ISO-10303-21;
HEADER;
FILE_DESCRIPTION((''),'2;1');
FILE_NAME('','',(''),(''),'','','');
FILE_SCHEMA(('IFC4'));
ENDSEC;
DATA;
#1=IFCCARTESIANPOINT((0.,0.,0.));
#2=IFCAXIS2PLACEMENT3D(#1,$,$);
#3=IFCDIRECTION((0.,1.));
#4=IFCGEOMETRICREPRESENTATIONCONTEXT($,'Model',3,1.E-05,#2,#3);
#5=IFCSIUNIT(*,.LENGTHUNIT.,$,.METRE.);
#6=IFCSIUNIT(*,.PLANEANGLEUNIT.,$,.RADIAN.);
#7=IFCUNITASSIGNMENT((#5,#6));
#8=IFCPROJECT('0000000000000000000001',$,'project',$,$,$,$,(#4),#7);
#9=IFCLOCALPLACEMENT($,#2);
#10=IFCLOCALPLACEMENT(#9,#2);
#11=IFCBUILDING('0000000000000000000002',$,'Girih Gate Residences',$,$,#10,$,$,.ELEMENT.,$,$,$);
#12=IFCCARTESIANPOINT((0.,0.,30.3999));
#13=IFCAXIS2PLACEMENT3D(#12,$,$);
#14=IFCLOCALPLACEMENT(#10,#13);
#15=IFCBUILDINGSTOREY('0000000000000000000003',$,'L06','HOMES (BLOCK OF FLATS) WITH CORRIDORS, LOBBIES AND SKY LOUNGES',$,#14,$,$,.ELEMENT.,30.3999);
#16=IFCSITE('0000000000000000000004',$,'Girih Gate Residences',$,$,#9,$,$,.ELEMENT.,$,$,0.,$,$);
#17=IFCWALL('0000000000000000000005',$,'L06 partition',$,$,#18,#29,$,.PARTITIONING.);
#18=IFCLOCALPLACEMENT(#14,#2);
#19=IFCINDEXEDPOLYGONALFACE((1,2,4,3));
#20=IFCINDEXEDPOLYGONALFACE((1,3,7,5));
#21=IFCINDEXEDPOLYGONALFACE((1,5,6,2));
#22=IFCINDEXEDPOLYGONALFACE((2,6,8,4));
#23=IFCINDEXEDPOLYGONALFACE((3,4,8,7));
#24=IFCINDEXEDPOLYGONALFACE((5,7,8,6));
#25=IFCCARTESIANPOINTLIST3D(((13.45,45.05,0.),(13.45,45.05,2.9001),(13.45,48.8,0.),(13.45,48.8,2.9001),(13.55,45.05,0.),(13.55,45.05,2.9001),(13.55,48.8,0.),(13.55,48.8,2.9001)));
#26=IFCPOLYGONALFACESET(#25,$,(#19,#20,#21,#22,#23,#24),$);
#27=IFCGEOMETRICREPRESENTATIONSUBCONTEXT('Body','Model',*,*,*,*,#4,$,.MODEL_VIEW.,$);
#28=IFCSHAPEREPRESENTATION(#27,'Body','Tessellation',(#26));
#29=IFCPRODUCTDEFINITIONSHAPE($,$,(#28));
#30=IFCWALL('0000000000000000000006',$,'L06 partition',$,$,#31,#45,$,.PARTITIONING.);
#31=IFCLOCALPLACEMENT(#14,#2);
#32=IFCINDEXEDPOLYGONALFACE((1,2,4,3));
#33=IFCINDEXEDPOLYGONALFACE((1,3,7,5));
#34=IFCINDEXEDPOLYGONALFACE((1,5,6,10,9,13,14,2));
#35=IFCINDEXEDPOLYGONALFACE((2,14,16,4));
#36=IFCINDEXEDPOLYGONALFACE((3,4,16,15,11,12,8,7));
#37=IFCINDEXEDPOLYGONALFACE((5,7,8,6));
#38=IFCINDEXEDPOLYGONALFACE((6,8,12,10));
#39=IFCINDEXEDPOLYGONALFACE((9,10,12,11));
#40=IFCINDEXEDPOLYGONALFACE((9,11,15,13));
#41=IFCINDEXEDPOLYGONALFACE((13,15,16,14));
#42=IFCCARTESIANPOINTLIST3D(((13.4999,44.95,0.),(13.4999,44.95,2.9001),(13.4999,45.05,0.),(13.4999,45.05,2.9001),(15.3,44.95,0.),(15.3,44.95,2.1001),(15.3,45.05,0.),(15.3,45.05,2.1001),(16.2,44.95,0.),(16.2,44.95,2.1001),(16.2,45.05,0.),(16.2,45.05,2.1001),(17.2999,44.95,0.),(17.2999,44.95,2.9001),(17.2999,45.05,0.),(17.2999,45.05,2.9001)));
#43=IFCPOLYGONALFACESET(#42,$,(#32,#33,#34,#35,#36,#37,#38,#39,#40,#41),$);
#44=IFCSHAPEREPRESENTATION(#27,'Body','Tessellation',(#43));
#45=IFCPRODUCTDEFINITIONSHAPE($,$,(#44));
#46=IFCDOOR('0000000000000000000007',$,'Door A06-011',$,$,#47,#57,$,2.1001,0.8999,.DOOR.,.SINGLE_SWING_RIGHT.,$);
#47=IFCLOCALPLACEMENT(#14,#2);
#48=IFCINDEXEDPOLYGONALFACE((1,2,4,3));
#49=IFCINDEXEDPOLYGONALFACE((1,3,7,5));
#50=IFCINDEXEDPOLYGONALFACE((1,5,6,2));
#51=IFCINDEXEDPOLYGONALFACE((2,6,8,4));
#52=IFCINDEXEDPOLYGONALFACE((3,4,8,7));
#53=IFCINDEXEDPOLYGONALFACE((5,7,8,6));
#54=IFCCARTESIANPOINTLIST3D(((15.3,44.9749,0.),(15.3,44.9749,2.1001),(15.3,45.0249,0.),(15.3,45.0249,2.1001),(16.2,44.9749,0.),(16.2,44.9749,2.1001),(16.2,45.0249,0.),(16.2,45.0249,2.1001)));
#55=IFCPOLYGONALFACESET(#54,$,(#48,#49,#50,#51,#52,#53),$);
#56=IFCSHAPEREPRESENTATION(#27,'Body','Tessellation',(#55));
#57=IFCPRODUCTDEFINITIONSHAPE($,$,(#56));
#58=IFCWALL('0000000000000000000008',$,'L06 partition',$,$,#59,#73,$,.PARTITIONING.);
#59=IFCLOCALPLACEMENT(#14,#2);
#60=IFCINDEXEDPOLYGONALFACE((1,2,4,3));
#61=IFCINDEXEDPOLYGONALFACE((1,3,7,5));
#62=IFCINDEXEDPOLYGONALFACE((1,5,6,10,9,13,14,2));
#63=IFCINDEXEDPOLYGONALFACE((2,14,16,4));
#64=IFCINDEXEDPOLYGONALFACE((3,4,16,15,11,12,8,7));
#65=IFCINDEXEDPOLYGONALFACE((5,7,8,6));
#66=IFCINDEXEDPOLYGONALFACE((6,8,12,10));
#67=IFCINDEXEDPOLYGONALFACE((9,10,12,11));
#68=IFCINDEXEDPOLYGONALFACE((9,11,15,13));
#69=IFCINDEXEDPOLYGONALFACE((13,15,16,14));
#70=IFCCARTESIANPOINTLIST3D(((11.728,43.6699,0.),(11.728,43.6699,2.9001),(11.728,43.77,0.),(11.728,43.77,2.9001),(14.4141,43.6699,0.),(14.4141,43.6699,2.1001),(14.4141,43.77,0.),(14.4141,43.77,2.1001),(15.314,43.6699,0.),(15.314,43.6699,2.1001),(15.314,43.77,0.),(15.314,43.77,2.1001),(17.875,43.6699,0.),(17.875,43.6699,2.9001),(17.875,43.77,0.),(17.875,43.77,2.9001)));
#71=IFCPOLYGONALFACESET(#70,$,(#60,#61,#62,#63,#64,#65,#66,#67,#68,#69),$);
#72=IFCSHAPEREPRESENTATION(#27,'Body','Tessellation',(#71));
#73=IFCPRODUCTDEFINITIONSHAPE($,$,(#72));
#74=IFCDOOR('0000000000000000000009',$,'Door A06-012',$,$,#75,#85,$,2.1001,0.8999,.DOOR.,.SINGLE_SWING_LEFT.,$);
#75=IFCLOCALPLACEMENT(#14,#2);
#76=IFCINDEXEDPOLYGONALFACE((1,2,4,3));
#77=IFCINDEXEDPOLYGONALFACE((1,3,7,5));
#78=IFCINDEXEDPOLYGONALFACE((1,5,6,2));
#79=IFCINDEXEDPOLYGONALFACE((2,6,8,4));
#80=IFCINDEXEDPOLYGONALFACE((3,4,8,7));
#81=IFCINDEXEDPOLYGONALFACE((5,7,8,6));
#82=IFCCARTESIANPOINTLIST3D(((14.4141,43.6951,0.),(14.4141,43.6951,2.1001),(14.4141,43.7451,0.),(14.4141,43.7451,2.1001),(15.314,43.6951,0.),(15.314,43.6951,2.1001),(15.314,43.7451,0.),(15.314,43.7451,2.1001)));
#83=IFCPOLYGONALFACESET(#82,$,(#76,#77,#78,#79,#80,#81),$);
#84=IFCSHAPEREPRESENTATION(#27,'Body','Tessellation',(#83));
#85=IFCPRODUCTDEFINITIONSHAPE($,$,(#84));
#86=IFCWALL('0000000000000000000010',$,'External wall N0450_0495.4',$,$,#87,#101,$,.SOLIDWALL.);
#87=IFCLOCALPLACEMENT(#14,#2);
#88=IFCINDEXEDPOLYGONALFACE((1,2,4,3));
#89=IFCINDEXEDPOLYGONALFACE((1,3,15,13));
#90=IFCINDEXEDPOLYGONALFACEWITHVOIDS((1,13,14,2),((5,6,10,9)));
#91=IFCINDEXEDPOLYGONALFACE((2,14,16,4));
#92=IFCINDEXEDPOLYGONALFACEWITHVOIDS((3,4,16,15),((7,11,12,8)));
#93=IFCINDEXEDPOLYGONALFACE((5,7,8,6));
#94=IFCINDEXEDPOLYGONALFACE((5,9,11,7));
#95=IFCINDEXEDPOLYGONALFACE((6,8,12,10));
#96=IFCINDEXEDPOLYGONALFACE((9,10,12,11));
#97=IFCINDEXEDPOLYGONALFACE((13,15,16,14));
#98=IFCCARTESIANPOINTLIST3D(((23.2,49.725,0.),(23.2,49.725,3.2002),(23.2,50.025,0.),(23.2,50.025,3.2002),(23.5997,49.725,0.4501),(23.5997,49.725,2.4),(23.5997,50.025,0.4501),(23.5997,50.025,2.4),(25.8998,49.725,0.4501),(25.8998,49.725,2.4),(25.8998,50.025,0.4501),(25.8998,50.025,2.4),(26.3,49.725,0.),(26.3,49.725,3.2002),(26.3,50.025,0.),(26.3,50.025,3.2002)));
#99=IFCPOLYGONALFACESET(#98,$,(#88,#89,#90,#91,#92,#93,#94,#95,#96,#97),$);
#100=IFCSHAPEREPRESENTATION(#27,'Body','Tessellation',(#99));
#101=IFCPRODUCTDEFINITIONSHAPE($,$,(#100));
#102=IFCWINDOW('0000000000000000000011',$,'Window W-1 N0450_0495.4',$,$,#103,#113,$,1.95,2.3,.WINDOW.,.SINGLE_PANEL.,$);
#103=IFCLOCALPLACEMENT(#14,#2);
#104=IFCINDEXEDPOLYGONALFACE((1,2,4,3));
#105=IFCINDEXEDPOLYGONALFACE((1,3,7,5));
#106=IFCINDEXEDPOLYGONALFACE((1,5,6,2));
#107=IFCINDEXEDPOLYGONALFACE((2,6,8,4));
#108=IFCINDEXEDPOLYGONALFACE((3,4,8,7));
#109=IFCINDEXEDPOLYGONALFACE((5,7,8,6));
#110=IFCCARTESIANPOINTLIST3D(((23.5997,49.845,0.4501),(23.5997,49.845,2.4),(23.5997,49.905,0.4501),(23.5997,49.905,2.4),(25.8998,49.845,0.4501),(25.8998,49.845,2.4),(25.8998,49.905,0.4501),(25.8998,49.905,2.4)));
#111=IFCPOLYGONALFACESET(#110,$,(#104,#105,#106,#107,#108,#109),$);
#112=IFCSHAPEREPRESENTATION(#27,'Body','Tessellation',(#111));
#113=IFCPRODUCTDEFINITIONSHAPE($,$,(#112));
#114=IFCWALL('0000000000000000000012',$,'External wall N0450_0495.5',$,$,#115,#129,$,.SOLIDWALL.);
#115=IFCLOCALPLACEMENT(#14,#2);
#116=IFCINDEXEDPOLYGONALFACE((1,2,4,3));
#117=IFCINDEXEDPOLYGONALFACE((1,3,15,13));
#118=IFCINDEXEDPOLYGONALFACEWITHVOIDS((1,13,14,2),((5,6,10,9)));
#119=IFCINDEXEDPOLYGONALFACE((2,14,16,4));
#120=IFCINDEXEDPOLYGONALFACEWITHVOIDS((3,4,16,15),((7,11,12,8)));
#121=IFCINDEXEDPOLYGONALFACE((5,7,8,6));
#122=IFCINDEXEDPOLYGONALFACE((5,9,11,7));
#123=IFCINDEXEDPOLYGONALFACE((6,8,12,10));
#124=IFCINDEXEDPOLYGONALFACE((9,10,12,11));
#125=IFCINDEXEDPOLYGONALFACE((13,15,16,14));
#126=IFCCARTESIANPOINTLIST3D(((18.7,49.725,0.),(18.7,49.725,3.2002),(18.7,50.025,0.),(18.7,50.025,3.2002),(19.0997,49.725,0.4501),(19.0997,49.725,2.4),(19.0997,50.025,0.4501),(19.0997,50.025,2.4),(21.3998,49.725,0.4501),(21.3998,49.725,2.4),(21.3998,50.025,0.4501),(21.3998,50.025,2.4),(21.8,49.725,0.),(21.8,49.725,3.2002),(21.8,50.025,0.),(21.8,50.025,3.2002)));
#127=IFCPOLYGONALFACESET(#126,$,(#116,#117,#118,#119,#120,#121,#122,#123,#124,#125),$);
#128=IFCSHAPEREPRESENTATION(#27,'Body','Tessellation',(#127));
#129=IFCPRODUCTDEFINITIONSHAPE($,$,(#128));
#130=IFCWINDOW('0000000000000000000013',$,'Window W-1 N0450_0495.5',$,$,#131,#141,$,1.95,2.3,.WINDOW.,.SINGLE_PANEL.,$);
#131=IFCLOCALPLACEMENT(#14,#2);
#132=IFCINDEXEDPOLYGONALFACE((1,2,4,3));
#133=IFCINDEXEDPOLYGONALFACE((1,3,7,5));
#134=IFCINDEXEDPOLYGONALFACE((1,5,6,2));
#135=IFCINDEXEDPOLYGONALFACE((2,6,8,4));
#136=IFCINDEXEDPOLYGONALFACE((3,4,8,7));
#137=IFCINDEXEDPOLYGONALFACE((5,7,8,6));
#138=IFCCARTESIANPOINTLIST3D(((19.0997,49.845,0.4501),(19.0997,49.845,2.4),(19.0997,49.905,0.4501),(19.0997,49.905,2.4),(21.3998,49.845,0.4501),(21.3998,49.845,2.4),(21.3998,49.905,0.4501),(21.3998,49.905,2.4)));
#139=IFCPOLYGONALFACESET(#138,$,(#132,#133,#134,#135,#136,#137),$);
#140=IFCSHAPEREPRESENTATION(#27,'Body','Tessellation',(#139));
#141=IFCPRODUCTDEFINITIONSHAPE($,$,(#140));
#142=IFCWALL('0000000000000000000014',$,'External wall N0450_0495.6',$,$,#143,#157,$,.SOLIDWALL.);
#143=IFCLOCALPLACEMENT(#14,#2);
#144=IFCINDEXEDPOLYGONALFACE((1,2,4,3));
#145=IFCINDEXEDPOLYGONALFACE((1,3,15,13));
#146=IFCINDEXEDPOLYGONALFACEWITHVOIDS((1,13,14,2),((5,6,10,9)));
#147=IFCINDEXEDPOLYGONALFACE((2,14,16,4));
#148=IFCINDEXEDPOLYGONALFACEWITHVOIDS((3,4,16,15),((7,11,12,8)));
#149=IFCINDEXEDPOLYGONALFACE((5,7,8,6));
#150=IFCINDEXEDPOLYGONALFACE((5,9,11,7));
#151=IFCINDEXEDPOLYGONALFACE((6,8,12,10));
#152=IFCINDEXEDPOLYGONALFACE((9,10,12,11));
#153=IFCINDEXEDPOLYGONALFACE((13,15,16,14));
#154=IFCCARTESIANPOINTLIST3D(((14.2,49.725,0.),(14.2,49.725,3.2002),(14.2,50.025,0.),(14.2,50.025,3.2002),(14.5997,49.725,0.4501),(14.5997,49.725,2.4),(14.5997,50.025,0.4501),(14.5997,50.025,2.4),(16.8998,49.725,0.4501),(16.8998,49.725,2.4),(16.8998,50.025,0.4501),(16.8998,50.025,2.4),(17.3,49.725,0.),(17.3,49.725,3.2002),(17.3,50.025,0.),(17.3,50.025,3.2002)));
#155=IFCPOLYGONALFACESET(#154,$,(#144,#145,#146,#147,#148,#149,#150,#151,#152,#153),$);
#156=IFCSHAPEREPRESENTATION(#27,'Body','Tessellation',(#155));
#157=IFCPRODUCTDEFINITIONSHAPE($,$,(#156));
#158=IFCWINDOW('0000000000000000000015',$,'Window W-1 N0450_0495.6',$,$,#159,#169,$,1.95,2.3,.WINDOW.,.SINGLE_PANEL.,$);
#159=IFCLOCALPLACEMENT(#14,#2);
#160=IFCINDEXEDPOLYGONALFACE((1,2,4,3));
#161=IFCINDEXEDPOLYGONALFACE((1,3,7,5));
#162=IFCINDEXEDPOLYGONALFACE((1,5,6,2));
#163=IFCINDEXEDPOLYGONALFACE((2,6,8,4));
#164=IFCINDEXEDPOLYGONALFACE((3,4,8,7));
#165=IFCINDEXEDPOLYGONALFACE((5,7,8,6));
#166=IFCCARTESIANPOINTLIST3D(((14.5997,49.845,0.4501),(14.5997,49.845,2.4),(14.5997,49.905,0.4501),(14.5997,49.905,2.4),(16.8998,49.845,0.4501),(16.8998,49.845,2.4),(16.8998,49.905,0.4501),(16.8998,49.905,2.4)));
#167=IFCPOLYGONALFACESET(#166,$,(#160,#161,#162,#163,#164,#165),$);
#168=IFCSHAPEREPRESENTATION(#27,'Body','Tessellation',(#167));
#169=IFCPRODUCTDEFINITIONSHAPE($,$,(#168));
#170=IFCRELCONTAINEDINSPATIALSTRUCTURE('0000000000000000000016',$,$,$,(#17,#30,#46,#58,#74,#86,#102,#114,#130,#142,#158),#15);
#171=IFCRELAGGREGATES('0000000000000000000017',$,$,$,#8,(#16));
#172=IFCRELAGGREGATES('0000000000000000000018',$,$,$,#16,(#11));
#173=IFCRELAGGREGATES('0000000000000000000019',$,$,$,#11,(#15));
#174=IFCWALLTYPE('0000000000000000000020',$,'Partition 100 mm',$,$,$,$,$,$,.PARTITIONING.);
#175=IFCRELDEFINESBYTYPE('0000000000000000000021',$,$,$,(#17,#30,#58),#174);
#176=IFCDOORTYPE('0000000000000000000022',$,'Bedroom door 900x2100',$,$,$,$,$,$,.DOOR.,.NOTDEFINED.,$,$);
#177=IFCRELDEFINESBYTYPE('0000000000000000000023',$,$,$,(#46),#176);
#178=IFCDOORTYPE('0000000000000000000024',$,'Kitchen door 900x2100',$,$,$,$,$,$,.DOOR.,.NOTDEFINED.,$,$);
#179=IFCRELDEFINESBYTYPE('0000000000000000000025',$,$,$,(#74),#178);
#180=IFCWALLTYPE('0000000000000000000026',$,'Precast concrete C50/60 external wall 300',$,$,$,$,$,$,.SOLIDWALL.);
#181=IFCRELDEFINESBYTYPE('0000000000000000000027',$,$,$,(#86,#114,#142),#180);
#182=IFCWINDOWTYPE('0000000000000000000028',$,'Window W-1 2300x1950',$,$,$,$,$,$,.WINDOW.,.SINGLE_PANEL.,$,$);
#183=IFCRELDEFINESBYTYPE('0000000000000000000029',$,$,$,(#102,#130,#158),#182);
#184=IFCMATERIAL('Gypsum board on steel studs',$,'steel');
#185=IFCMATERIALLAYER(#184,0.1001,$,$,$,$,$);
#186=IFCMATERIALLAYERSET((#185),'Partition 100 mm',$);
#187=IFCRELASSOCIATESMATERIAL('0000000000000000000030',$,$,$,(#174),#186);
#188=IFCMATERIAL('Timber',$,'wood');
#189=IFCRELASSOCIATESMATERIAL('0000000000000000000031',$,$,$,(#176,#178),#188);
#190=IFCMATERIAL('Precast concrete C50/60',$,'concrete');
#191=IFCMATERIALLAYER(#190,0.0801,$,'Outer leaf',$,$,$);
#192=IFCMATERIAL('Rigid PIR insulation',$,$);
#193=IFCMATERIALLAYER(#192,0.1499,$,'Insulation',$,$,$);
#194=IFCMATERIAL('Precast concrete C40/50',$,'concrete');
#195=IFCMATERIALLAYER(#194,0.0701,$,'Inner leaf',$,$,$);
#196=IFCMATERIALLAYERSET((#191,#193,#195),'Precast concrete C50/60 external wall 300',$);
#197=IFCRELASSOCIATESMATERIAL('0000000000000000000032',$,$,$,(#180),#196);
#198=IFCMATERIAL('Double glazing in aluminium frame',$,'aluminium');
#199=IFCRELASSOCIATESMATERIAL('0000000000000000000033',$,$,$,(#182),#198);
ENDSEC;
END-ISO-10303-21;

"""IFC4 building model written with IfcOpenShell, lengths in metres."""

from ifc_helpers import new_model, si_unit, direction, frame, frame_2d, origin, place, context, subcontext, project, spatial, rectangle, extrude, material, layer, layer_set, type_object, element, fill, save


model = new_model("IFC4")

# Units and contexts
model_context = context("Model", 3, precision=1e-05, world=origin(), true_north=direction((0.0, 1.0)))
body_context = subcontext(model_context, "Body", "Model", "MODEL_VIEW")
ifc_project = project(units=[si_unit("LENGTHUNIT", "METRE"), si_unit("PLANEANGLEUNIT", "RADIAN")], contexts=[model_context])

# Site, building, storey
site_placement = place(None, origin())
site = spatial("IfcSite", under=ifc_project, at=site_placement, Name="Girih Gate Residences", CompositionType="ELEMENT", RefElevation=0.0)
building_placement = place(site_placement, origin())
building = spatial("IfcBuilding", under=site, at=building_placement, Name="Girih Gate Residences", CompositionType="ELEMENT")
storey_placement = place(building_placement, frame((0.0, 0.0, 30.3999)))
storey = spatial("IfcBuildingStorey", under=building, at=storey_placement, Name="L06", Description="HOMES (BLOCK OF FLATS) WITH CORRIDORS, LOBBIES AND SKY LOUNGES", CompositionType="ELEMENT", Elevation=30.3999)

# Shared definitions
ifc_material_1 = material(Name="Gypsum board on steel studs", Category="steel")

# Wall
ifc_layer_1 = layer(ifc_material_1, 0.1001)
ifc_layer_set_1 = layer_set([ifc_layer_1], Name="Partition 100 mm")
wall_type_1 = type_object("IfcWallType", Name="Partition 100 mm", PredefinedType="PARTITIONING", material=ifc_layer_set_1)
wall_1_placement = place(storey_placement, frame((13.5, 45.05, 0.0), z_axis=(0.0, 0.0, 1.0), x_axis=(0.0, 1.0, 0.0)))
element("IfcWall", 1, at=wall_1_placement, inside=storey, type_object=wall_type_1, Name="L06 partition", PredefinedType="PARTITIONING", context=body_context, shape_type="SweptSolid", body=[
    extrude(rectangle(XDim=3.75, YDim=0.1001, at=frame_2d((1.875, 0.0))), origin(), (0.0, 0.0, 1.0), 2.9001),
])

# Walls, openings, doors
wall_2_placement = place(storey_placement, frame((13.5, 45.0, 0.0), z_axis=(0.0, 0.0, 1.0), x_axis=(1.0, 0.0, 0.0)))
wall_2 = element("IfcWall", 2, at=wall_2_placement, inside=storey, type_object=wall_type_1, Name="L06 partition", PredefinedType="PARTITIONING", context=body_context, shape_type="SweptSolid", body=[
    extrude(rectangle(XDim=3.8, YDim=0.1001, at=frame_2d((1.8999, 0.0))), origin(), (0.0, 0.0, 1.0), 2.9001),
])
opening_1_placement = place(wall_2_placement, frame((1.8, 0.0, 0.0)))
opening_1 = element("IfcOpeningElement", 3, at=opening_1_placement, cuts=wall_2, PredefinedType="OPENING", context=body_context, shape_type="SweptSolid", body=[
    extrude(rectangle(XDim=0.8999, YDim=2.1001, at=frame_2d((0.45, 1.05))), frame((0.0, 0.0601, 0.0), z_axis=(0.0, -1.0, 0.0), x_axis=(1.0, 0.0, 0.0)), (0.0, 0.0, 1.0), 0.1201),
])
ifc_material_2 = material(Name="Timber", Category="wood")
door_type_1 = type_object("IfcDoorType", Name="Bedroom door 900x2100", OperationType="NOTDEFINED", PredefinedType="DOOR", material=ifc_material_2)
door_1_placement = place(opening_1_placement, origin())
door_1 = element("IfcDoor", 4, at=door_1_placement, inside=storey, type_object=door_type_1, Name="Door A06-011", OperationType="SINGLE_SWING_RIGHT", OverallHeight=2.1001, OverallWidth=0.8999, PredefinedType="DOOR", context=body_context, shape_type="SweptSolid", body=[
    extrude(rectangle(XDim=0.8999, YDim=2.1001, at=frame_2d((0.45, 1.05))), frame((0.0, 0.0249, 0.0), z_axis=(0.0, -1.0, 0.0), x_axis=(1.0, 0.0, 0.0)), (0.0, 0.0, 1.0), 0.05),
])
fill(opening_1, door_1)
wall_3_placement = place(storey_placement, frame((17.875, 43.72, 0.0), z_axis=(0.0, 0.0, 1.0), x_axis=(-1.0, 0.0, 0.0)))
wall_3 = element("IfcWall", 5, at=wall_3_placement, inside=storey, type_object=wall_type_1, Name="L06 partition", PredefinedType="PARTITIONING", context=body_context, shape_type="SweptSolid", body=[
    extrude(rectangle(XDim=6.147, YDim=0.1001, at=frame_2d((3.0735, 0.0))), origin(), (0.0, 0.0, 1.0), 2.9001),
])
opening_2_placement = place(wall_3_placement, frame((2.561, 0.0, 0.0)))
opening_2 = element("IfcOpeningElement", 6, at=opening_2_placement, cuts=wall_3, PredefinedType="OPENING", context=body_context, shape_type="SweptSolid", body=[
    extrude(rectangle(XDim=0.8999, YDim=2.1001, at=frame_2d((0.45, 1.05))), frame((0.0, 0.0601, 0.0), z_axis=(0.0, -1.0, 0.0), x_axis=(1.0, 0.0, 0.0)), (0.0, 0.0, 1.0), 0.1201),
])
door_type_2 = type_object("IfcDoorType", Name="Kitchen door 900x2100", OperationType="NOTDEFINED", PredefinedType="DOOR", material=ifc_material_2)
door_2_placement = place(opening_2_placement, origin())
door_2 = element("IfcDoor", 7, at=door_2_placement, inside=storey, type_object=door_type_2, Name="Door A06-012", OperationType="SINGLE_SWING_LEFT", OverallHeight=2.1001, OverallWidth=0.8999, PredefinedType="DOOR", context=body_context, shape_type="SweptSolid", body=[
    extrude(rectangle(XDim=0.8999, YDim=2.1001, at=frame_2d((0.45, 1.05))), frame((0.0, 0.0249, 0.0), z_axis=(0.0, -1.0, 0.0), x_axis=(1.0, 0.0, 0.0)), (0.0, 0.0, 1.0), 0.05),
])
fill(opening_2, door_2)

# Walls, openings, windows
ifc_material_3 = material(Name="Precast concrete C50/60", Category="concrete")
ifc_layer_2 = layer(ifc_material_3, 0.0801, Name="Outer leaf")
ifc_material_4 = material(Name="Rigid PIR insulation")
ifc_layer_3 = layer(ifc_material_4, 0.1499, Name="Insulation")
ifc_material_5 = material(Name="Precast concrete C40/50", Category="concrete")
ifc_layer_4 = layer(ifc_material_5, 0.0701, Name="Inner leaf")
ifc_layer_set_2 = layer_set([ifc_layer_2, ifc_layer_3, ifc_layer_4], Name="Precast concrete C50/60 external wall 300")
wall_type_2 = type_object("IfcWallType", Name="Precast concrete C50/60 external wall 300", PredefinedType="SOLIDWALL", material=ifc_layer_set_2)
wall_4_placement = place(storey_placement, frame((23.2, 49.875, 0.0), z_axis=(0.0, 0.0, 1.0), x_axis=(1.0, 0.0, 0.0)))
wall_4 = element("IfcWall", 8, at=wall_4_placement, inside=storey, type_object=wall_type_2, Name="External wall N0450_0495.4", PredefinedType="SOLIDWALL", context=body_context, shape_type="SweptSolid", body=[
    extrude(rectangle(XDim=3.1001, YDim=0.3, at=frame_2d((1.55, 0.0))), origin(), (0.0, 0.0, 1.0), 3.2002),
])
opening_3_placement = place(wall_4_placement, frame((0.3999, 0.0, 0.45)))
opening_3 = element("IfcOpeningElement", 9, at=opening_3_placement, cuts=wall_4, PredefinedType="OPENING", context=body_context, shape_type="SweptSolid", body=[
    extrude(rectangle(XDim=2.3, YDim=1.95, at=frame_2d((1.1499, 0.9751))), frame((0.0, 0.1599, 0.0), z_axis=(0.0, -1.0, 0.0), x_axis=(1.0, 0.0, 0.0)), (0.0, 0.0, 1.0), 0.3201),
])
ifc_material_6 = material(Name="Double glazing in aluminium frame", Category="aluminium")
window_type = type_object("IfcWindowType", Name="Window W-1 2300x1950", PartitioningType="SINGLE_PANEL", PredefinedType="WINDOW", material=ifc_material_6)
window_1_placement = place(opening_3_placement, origin())
window_1 = element("IfcWindow", 10, at=window_1_placement, inside=storey, type_object=window_type, Name="Window W-1 N0450_0495.4", OverallHeight=1.95, OverallWidth=2.3, PartitioningType="SINGLE_PANEL", PredefinedType="WINDOW", context=body_context, shape_type="SweptSolid", body=[
    extrude(rectangle(XDim=2.3, YDim=1.95, at=frame_2d((1.1499, 0.9751))), frame((0.0, 0.03, 0.0), z_axis=(0.0, -1.0, 0.0), x_axis=(1.0, 0.0, 0.0)), (0.0, 0.0, 1.0), 0.0601),
])
fill(opening_3, window_1)
wall_5_placement = place(storey_placement, frame((18.7, 49.875, 0.0), z_axis=(0.0, 0.0, 1.0), x_axis=(1.0, 0.0, 0.0)))
wall_5 = element("IfcWall", 11, at=wall_5_placement, inside=storey, type_object=wall_type_2, Name="External wall N0450_0495.5", PredefinedType="SOLIDWALL", context=body_context, shape_type="SweptSolid", body=[
    extrude(rectangle(XDim=3.1001, YDim=0.3, at=frame_2d((1.55, 0.0))), origin(), (0.0, 0.0, 1.0), 3.2002),
])
opening_4_placement = place(wall_5_placement, frame((0.3999, 0.0, 0.45)))
opening_4 = element("IfcOpeningElement", 12, at=opening_4_placement, cuts=wall_5, PredefinedType="OPENING", context=body_context, shape_type="SweptSolid", body=[
    extrude(rectangle(XDim=2.3, YDim=1.95, at=frame_2d((1.1499, 0.9751))), frame((0.0, 0.1599, 0.0), z_axis=(0.0, -1.0, 0.0), x_axis=(1.0, 0.0, 0.0)), (0.0, 0.0, 1.0), 0.3201),
])
window_2_placement = place(opening_4_placement, origin())
window_2 = element("IfcWindow", 13, at=window_2_placement, inside=storey, type_object=window_type, Name="Window W-1 N0450_0495.5", OverallHeight=1.95, OverallWidth=2.3, PartitioningType="SINGLE_PANEL", PredefinedType="WINDOW", context=body_context, shape_type="SweptSolid", body=[
    extrude(rectangle(XDim=2.3, YDim=1.95, at=frame_2d((1.1499, 0.9751))), frame((0.0, 0.03, 0.0), z_axis=(0.0, -1.0, 0.0), x_axis=(1.0, 0.0, 0.0)), (0.0, 0.0, 1.0), 0.0601),
])
fill(opening_4, window_2)
wall_6_placement = place(storey_placement, frame((14.2, 49.875, 0.0), z_axis=(0.0, 0.0, 1.0), x_axis=(1.0, 0.0, 0.0)))
wall_6 = element("IfcWall", 14, at=wall_6_placement, inside=storey, type_object=wall_type_2, Name="External wall N0450_0495.6", PredefinedType="SOLIDWALL", context=body_context, shape_type="SweptSolid", body=[
    extrude(rectangle(XDim=3.1001, YDim=0.3, at=frame_2d((1.55, 0.0))), origin(), (0.0, 0.0, 1.0), 3.2002),
])
opening_5_placement = place(wall_6_placement, frame((0.3999, 0.0, 0.45)))
opening_5 = element("IfcOpeningElement", 15, at=opening_5_placement, cuts=wall_6, PredefinedType="OPENING", context=body_context, shape_type="SweptSolid", body=[
    extrude(rectangle(XDim=2.3, YDim=1.95, at=frame_2d((1.1499, 0.9751))), frame((0.0, 0.1599, 0.0), z_axis=(0.0, -1.0, 0.0), x_axis=(1.0, 0.0, 0.0)), (0.0, 0.0, 1.0), 0.3201),
])
window_3_placement = place(opening_5_placement, origin())
window_3 = element("IfcWindow", 16, at=window_3_placement, inside=storey, type_object=window_type, Name="Window W-1 N0450_0495.6", OverallHeight=1.95, OverallWidth=2.3, PartitioningType="SINGLE_PANEL", PredefinedType="WINDOW", context=body_context, shape_type="SweptSolid", body=[
    extrude(rectangle(XDim=2.3, YDim=1.95, at=frame_2d((1.1499, 0.9751))), frame((0.0, 0.03, 0.0), z_axis=(0.0, -1.0, 0.0), x_axis=(1.0, 0.0, 0.0)), (0.0, 0.0, 1.0), 0.0601),
])
fill(opening_5, window_3)

save(model, "model.ifc")
